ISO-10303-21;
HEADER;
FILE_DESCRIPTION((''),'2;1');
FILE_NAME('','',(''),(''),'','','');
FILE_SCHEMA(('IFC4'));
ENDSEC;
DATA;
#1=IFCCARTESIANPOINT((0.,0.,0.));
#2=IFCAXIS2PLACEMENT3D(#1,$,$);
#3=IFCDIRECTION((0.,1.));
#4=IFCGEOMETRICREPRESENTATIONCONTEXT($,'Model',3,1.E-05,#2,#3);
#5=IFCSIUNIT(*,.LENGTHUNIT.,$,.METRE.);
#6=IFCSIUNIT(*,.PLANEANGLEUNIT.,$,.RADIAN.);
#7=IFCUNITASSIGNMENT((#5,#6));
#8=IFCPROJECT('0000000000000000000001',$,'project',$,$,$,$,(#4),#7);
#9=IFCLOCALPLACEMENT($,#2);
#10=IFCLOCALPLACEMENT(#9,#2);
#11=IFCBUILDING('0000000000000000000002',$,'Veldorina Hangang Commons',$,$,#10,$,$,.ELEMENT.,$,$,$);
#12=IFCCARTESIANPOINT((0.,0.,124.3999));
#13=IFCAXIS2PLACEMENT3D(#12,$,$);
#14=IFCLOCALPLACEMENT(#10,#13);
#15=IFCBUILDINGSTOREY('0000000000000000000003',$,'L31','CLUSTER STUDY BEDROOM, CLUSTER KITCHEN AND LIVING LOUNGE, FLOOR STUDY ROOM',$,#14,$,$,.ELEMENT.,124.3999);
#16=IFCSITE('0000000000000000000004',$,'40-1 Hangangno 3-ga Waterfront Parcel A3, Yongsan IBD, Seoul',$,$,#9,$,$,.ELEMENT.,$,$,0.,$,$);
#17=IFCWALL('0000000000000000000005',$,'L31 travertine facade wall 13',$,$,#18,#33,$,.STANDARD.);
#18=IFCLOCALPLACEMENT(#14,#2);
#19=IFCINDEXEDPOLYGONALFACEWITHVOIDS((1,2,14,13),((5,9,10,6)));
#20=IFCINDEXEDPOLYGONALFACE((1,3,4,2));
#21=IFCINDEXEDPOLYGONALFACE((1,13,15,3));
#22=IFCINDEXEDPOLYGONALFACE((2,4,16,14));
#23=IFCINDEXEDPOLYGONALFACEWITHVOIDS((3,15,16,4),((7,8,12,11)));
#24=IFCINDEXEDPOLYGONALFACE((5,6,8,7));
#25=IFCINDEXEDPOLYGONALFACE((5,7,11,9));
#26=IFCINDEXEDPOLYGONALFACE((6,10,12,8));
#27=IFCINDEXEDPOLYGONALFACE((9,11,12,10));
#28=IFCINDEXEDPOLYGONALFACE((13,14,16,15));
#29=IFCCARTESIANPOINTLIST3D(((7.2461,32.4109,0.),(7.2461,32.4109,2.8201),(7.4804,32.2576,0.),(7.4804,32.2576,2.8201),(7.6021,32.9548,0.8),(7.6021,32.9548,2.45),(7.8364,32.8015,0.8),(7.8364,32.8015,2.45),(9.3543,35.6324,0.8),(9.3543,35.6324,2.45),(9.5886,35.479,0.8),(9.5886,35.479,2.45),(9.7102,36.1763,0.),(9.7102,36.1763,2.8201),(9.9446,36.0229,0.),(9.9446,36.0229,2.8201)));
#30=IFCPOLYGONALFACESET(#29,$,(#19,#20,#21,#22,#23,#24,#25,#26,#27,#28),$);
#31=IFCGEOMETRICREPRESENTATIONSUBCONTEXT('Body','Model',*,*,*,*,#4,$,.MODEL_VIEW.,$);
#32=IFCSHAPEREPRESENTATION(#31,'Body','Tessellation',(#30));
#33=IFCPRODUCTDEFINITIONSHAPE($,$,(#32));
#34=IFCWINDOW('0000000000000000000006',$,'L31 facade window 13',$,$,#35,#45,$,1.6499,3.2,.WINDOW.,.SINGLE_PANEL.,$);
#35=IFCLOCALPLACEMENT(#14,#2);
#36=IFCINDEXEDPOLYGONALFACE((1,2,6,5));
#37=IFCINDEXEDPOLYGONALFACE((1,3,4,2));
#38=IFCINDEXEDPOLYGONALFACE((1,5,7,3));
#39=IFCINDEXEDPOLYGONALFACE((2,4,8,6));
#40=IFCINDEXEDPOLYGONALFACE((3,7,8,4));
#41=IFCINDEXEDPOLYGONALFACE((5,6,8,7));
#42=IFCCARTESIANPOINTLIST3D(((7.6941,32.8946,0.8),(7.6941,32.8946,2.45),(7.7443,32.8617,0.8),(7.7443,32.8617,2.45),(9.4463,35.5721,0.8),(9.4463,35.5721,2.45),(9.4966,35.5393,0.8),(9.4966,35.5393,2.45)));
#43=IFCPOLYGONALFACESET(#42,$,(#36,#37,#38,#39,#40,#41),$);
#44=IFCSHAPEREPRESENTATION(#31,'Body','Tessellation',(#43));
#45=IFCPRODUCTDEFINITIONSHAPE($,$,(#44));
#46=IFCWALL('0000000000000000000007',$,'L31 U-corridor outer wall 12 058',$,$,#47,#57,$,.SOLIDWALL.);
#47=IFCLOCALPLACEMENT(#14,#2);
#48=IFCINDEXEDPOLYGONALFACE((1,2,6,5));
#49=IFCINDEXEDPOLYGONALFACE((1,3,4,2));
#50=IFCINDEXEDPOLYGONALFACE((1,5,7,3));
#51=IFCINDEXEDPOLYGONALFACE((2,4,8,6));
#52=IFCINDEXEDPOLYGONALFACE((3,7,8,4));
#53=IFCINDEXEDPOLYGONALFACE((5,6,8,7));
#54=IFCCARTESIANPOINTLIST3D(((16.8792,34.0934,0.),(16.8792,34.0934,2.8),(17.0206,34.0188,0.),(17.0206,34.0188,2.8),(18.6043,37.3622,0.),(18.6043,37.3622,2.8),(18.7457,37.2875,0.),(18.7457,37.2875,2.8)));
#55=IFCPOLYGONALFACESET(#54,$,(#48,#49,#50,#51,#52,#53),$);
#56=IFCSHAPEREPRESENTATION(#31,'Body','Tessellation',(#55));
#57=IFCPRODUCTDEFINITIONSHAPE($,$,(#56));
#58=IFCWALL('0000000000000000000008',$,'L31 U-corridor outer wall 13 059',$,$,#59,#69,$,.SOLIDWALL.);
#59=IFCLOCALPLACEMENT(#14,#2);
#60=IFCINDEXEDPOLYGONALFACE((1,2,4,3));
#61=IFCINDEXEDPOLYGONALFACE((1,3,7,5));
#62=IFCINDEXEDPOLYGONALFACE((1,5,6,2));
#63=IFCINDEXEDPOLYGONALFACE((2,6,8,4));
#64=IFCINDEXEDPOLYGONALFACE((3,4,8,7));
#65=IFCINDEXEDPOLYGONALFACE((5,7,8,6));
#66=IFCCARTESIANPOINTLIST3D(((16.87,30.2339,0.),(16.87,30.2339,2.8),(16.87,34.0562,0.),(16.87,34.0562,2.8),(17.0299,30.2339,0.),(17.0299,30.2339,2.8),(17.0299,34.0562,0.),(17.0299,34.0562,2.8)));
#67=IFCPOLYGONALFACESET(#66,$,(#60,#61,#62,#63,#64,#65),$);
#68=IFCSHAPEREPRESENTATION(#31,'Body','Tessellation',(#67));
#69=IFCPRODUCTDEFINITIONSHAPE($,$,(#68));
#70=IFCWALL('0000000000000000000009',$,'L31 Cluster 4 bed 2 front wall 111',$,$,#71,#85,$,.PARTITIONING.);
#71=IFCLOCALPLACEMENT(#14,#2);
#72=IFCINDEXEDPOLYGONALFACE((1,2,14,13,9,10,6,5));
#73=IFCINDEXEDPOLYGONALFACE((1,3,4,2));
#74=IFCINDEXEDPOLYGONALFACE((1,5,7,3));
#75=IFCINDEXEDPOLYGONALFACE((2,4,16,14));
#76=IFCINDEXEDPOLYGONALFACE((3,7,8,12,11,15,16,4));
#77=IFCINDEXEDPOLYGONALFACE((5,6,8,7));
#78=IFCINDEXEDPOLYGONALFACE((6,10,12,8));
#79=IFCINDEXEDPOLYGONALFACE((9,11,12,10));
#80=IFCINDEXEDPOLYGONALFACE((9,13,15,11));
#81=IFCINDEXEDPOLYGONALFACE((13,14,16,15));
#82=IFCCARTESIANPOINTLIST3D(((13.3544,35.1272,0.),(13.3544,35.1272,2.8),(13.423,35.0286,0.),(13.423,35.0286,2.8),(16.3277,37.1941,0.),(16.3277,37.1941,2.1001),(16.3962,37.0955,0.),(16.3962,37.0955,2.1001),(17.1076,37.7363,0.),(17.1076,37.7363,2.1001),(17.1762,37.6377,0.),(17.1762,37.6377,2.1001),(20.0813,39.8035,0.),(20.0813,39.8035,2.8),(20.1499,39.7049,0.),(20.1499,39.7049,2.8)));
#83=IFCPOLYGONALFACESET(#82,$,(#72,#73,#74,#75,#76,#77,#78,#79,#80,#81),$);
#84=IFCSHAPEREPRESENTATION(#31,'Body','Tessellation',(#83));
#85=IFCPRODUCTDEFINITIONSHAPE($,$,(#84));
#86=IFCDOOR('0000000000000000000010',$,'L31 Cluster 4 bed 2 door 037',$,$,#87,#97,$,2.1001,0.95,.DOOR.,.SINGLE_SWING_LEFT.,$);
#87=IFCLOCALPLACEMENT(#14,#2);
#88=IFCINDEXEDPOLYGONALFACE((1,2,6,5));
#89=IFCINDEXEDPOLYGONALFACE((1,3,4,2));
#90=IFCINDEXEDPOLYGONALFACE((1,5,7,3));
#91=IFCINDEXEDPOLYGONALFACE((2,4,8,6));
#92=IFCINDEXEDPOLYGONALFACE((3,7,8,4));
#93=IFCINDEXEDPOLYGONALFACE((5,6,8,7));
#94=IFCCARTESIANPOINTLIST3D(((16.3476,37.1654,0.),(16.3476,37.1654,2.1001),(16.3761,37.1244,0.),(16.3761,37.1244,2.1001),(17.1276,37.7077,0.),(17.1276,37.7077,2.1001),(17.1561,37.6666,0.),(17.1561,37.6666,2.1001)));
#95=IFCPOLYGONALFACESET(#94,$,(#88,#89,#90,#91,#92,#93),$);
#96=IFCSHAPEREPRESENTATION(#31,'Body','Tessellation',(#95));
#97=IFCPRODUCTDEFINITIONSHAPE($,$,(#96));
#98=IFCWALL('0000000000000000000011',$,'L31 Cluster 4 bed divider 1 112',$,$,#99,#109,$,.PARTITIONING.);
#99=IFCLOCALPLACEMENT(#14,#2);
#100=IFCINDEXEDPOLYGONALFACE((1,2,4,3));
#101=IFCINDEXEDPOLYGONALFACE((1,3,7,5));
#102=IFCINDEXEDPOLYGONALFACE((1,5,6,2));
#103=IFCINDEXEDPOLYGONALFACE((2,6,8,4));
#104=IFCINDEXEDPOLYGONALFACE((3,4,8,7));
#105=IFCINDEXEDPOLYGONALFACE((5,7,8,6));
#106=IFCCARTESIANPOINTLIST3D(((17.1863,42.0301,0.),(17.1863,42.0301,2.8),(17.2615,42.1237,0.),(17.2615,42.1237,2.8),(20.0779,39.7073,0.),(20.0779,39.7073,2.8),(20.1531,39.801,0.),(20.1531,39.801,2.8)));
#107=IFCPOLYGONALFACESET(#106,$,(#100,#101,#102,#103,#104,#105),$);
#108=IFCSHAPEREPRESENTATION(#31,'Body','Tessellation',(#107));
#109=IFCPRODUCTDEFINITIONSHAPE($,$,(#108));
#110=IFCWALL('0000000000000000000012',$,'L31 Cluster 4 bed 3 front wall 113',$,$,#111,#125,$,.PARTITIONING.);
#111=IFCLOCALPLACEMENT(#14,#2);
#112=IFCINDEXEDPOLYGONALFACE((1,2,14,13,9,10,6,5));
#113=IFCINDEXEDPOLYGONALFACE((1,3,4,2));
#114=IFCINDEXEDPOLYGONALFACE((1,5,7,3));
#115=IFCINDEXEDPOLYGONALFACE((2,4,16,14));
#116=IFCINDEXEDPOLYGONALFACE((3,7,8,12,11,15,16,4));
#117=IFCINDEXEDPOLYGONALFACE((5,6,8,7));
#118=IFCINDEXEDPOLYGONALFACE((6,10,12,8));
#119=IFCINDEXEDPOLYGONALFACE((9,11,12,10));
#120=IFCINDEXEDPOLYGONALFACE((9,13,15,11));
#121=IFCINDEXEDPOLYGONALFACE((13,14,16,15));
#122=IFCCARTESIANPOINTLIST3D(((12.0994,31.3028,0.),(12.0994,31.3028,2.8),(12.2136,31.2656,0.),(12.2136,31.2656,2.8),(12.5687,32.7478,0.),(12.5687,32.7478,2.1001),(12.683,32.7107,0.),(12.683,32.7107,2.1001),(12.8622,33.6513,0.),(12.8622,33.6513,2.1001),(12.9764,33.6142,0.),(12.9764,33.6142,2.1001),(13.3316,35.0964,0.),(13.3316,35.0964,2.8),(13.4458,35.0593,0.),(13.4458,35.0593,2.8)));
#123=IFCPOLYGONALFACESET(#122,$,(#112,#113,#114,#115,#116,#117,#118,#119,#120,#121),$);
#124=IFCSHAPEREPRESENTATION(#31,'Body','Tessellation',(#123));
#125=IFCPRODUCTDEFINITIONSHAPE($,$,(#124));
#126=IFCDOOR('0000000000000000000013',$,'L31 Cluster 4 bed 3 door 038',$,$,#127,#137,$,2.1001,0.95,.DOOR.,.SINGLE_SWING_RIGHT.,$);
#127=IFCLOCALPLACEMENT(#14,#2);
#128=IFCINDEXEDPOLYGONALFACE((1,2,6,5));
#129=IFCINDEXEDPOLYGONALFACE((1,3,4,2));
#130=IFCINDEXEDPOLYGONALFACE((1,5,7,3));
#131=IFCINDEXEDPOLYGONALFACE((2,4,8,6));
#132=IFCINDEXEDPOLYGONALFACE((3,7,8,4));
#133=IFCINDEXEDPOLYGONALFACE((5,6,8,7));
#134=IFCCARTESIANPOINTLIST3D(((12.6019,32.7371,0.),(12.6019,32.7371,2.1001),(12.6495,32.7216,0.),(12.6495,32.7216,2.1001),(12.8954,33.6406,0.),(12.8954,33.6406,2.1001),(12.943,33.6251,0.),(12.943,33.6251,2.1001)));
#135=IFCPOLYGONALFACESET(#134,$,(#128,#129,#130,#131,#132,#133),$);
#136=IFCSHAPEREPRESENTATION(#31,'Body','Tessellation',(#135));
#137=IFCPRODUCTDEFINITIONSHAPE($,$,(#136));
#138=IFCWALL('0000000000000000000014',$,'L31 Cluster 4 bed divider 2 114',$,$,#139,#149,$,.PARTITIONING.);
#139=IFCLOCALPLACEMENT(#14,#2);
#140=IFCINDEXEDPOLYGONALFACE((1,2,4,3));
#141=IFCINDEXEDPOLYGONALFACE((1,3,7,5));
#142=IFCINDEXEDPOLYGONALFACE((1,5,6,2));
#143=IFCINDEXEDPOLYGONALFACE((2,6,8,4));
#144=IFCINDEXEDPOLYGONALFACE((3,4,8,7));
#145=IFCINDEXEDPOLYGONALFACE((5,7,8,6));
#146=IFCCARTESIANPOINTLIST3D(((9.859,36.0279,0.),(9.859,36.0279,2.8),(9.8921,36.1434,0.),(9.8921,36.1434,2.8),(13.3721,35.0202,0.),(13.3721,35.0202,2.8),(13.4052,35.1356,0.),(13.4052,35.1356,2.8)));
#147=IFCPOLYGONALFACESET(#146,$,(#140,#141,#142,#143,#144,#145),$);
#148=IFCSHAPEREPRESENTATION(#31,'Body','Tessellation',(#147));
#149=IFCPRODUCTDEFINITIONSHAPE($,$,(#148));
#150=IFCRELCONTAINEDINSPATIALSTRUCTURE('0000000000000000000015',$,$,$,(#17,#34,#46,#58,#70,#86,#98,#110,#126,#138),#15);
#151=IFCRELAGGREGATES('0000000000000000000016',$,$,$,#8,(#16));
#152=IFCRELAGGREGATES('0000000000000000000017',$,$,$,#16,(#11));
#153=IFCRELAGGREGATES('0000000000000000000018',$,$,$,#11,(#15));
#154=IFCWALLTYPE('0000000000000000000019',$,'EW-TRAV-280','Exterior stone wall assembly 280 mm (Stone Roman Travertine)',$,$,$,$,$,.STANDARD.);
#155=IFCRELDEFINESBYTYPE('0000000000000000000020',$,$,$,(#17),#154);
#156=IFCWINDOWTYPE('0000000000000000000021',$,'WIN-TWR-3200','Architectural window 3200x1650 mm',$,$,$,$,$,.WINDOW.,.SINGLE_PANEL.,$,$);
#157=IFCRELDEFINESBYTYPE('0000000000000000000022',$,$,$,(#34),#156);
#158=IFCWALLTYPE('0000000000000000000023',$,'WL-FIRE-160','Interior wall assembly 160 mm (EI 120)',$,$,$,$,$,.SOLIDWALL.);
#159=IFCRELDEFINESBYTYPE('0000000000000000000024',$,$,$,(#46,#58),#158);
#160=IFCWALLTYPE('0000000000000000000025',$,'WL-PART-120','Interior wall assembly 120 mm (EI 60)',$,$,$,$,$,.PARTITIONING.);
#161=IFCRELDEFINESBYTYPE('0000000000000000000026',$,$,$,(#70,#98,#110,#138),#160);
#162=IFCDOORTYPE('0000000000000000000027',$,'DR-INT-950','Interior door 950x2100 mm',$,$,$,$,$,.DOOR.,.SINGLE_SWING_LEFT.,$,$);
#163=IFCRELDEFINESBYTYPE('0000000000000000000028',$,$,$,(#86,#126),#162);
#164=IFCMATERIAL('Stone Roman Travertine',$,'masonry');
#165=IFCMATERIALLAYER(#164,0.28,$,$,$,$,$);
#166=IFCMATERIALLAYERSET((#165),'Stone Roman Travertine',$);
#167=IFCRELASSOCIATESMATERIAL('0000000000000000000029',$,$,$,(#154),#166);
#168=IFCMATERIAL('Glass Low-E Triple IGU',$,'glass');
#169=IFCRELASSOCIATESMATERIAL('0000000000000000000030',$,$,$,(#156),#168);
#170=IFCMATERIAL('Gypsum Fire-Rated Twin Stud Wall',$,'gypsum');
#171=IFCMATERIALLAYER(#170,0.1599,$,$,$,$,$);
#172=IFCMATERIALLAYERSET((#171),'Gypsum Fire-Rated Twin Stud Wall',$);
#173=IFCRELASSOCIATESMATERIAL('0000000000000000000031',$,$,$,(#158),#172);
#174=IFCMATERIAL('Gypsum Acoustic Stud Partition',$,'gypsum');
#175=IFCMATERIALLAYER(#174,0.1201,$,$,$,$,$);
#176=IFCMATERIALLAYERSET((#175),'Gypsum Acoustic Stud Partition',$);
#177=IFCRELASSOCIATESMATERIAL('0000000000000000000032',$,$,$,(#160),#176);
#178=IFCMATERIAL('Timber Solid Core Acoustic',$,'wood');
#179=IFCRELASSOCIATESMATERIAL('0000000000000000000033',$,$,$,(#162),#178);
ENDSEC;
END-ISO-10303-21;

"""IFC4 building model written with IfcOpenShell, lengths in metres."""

from ifc_helpers import new_model, si_unit, direction, frame, frame_2d, origin, place, context, subcontext, project, spatial, rectangle, extrude, material, layer, layer_set, type_object, element, fill, save


model = new_model("IFC4")

# Units and contexts
model_context = context("Model", 3, precision=1e-05, world=origin(), true_north=direction((0.0, 1.0)))
body_context = subcontext(model_context, "Body", "Model", "MODEL_VIEW")
ifc_project = project(units=[si_unit("LENGTHUNIT", "METRE"), si_unit("PLANEANGLEUNIT", "RADIAN")], contexts=[model_context])

# Site, building, storey
site_placement = place(None, origin())
site = spatial("IfcSite", under=ifc_project, at=site_placement, Name="40-1 Hangangno 3-ga Waterfront Parcel A3, Yongsan IBD, Seoul", CompositionType="ELEMENT", RefElevation=0.0)
building_placement = place(site_placement, origin())
building = spatial("IfcBuilding", under=site, at=building_placement, Name="Veldorina Hangang Commons", CompositionType="ELEMENT")
storey_placement = place(building_placement, frame((0.0, 0.0, 124.3999)))
storey = spatial("IfcBuildingStorey", under=building, at=storey_placement, Name="L31", Description="CLUSTER STUDY BEDROOM, CLUSTER KITCHEN AND LIVING LOUNGE, FLOOR STUDY ROOM", CompositionType="ELEMENT", Elevation=124.3999)

# Shared definitions
ifc_material_1 = material(Name="Stone Roman Travertine", Category="masonry")
ifc_layer_1 = layer(ifc_material_1, 0.28)
ifc_layer_set_1 = layer_set([ifc_layer_1], Name="Stone Roman Travertine")
wall_type_1 = type_object("IfcWallType", Name="EW-TRAV-280", Description="Exterior stone wall assembly 280 mm (Stone Roman Travertine)", PredefinedType="STANDARD", material=ifc_layer_set_1)

# Wall, opening, window
ifc_material_2 = material(Name="Glass Low-E Triple IGU", Category="glass")
window_type = type_object("IfcWindowType", Name="WIN-TWR-3200", Description="Architectural window 3200x1650 mm", PartitioningType="SINGLE_PANEL", PredefinedType="WINDOW", material=ifc_material_2)
wall_1_placement = place(storey_placement, frame((9.8274, 36.0996, 0.0), z_axis=(0.0, 0.0, 1.0), x_axis=(-0.547581, -0.836753, 0.0)))
wall_1 = element("IfcWall", 1, at=wall_1_placement, inside=storey, type_object=wall_type_1, Name="L31 travertine facade wall 13", PredefinedType="STANDARD", context=body_context, shape_type="SweptSolid", body=[
    extrude(rectangle(XDim=4.5, YDim=0.28, at=frame_2d((2.25, 0.0))), origin(), (0.0, 0.0, 1.0), 2.8201),
])
opening_1_placement = place(wall_1_placement, frame((0.6499, 0.0, 0.8)))
opening_1 = element("IfcOpeningElement", 2, at=opening_1_placement, cuts=wall_1, PredefinedType="OPENING", context=body_context, shape_type="SweptSolid", body=[
    extrude(rectangle(XDim=3.2, YDim=1.6499, at=frame_2d((1.6001, 0.825))), frame((0.0, 0.1499, 0.0), z_axis=(0.0, -1.0, 0.0), x_axis=(1.0, 0.0, 0.0)), (0.0, 0.0, 1.0), 0.3),
])
window_1_placement = place(opening_1_placement, origin())
window_1 = element("IfcWindow", 3, at=window_1_placement, inside=storey, type_object=window_type, Name="L31 facade window 13", OverallHeight=1.6499, OverallWidth=3.2, PartitioningType="SINGLE_PANEL", PredefinedType="WINDOW", context=body_context, shape_type="SweptSolid", body=[
    extrude(rectangle(XDim=3.2, YDim=1.6499, at=frame_2d((1.6001, 0.825))), frame((0.0, 0.03, 0.0), z_axis=(0.0, -1.0, 0.0), x_axis=(1.0, 0.0, 0.0)), (0.0, 0.0, 1.0), 0.0601),
])
fill(opening_1, window_1)

# Walls
ifc_material_3 = material(Name="Gypsum Fire-Rated Twin Stud Wall", Category="gypsum")
ifc_layer_2 = layer(ifc_material_3, 0.1599)
ifc_layer_set_2 = layer_set([ifc_layer_2], Name="Gypsum Fire-Rated Twin Stud Wall")
wall_type_2 = type_object("IfcWallType", Name="WL-FIRE-160", Description="Interior wall assembly 160 mm (EI 120)", PredefinedType="SOLIDWALL", material=ifc_layer_set_2)
wall_2_placement = place(storey_placement, frame((18.675, 37.325, 0.0), z_axis=(0.0, 0.0, 1.0), x_axis=(-0.466737, -0.884396, 0.0)))
element("IfcWall", 4, at=wall_2_placement, inside=storey, type_object=wall_type_2, Name="L31 U-corridor outer wall 12 058", PredefinedType="SOLIDWALL", context=body_context, shape_type="SweptSolid", body=[
    extrude(rectangle(XDim=3.696, YDim=0.1599, at=frame_2d((1.8481, 0.0))), origin(), (0.0, 0.0, 1.0), 2.8),
])
wall_3_placement = place(storey_placement, frame((16.95, 34.0562, 0.0), z_axis=(0.0, 0.0, 1.0), x_axis=(0.0, -1.0, 0.0)))
element("IfcWall", 5, at=wall_3_placement, inside=storey, type_object=wall_type_2, Name="L31 U-corridor outer wall 13 059", PredefinedType="SOLIDWALL", context=body_context, shape_type="SweptSolid", body=[
    extrude(rectangle(XDim=3.8223, YDim=0.1599, at=frame_2d((1.9111, 0.0))), origin(), (0.0, 0.0, 1.0), 2.8),
])

# Wall, opening, door
ifc_material_4 = material(Name="Gypsum Acoustic Stud Partition", Category="gypsum")
ifc_layer_3 = layer(ifc_material_4, 0.1201)
ifc_layer_set_3 = layer_set([ifc_layer_3], Name="Gypsum Acoustic Stud Partition")
wall_type_3 = type_object("IfcWallType", Name="WL-PART-120", Description="Interior wall assembly 120 mm (EI 60)", PredefinedType="PARTITIONING", material=ifc_layer_set_3)
wall_4_placement = place(storey_placement, frame((20.1155, 39.7542, 0.0), z_axis=(0.0, 0.0, 1.0), x_axis=(-0.821091, -0.570797, 0.0)))
wall_4 = element("IfcWall", 6, at=wall_4_placement, inside=storey, type_object=wall_type_3, Name="L31 Cluster 4 bed 2 front wall 111", PredefinedType="PARTITIONING", context=body_context, shape_type="SweptSolid", body=[
    extrude(rectangle(XDim=8.1926, YDim=0.1201, at=frame_2d((4.0962, 0.0))), origin(), (0.0, 0.0, 1.0), 2.8),
])
opening_2_placement = place(wall_4_placement, frame((3.6213, 0.0, 0.0)))
opening_2 = element("IfcOpeningElement", 7, at=opening_2_placement, cuts=wall_4, PredefinedType="OPENING", context=body_context, shape_type="SweptSolid", body=[
    extrude(rectangle(XDim=0.95, YDim=2.1001, at=frame_2d((0.4751, 1.05))), frame((0.0, 0.0701, 0.0), z_axis=(0.0, -1.0, 0.0), x_axis=(1.0, 0.0, 0.0)), (0.0, 0.0, 1.0), 0.1401),
])
ifc_material_5 = material(Name="Timber Solid Core Acoustic", Category="wood")
door_type = type_object("IfcDoorType", Name="DR-INT-950", Description="Interior door 950x2100 mm", OperationType="SINGLE_SWING_LEFT", PredefinedType="DOOR", material=ifc_material_5)
door_1_placement = place(opening_2_placement, origin())
door_1 = element("IfcDoor", 8, at=door_1_placement, inside=storey, type_object=door_type, Name="L31 Cluster 4 bed 2 door 037", OperationType="SINGLE_SWING_LEFT", OverallHeight=2.1001, OverallWidth=0.95, PredefinedType="DOOR", context=body_context, shape_type="SweptSolid", body=[
    extrude(rectangle(XDim=0.95, YDim=2.1001, at=frame_2d((0.4751, 1.05))), frame((0.0, 0.0249, 0.0), z_axis=(0.0, -1.0, 0.0), x_axis=(1.0, 0.0, 0.0)), (0.0, 0.0, 1.0), 0.05),
])
fill(opening_2, door_1)

# Wall
wall_5_placement = place(storey_placement, frame((20.1155, 39.7542, 0.0), z_axis=(0.0, 0.0, 1.0), x_axis=(-0.779621, 0.626251, 0.0)))
element("IfcWall", 9, at=wall_5_placement, inside=storey, type_object=wall_type_3, Name="L31 Cluster 4 bed divider 1 112", PredefinedType="PARTITIONING", context=body_context, shape_type="SweptSolid", body=[
    extrude(rectangle(XDim=3.709, YDim=0.1201, at=frame_2d((1.8545, 0.0))), origin(), (0.0, 0.0, 1.0), 2.8),
])

# Wall, opening, door
wall_6_placement = place(storey_placement, frame((13.3887, 35.0779, 0.0), z_axis=(0.0, 0.0, 1.0), x_axis=(-0.30891, -0.951091, 0.0)))
wall_6 = element("IfcWall", 10, at=wall_6_placement, inside=storey, type_object=wall_type_3, Name="L31 Cluster 4 bed 3 front wall 113", PredefinedType="PARTITIONING", context=body_context, shape_type="SweptSolid", body=[
    extrude(rectangle(XDim=3.9888, YDim=0.1201, at=frame_2d((1.9944, 0.0))), origin(), (0.0, 0.0, 1.0), 2.8),
])
opening_3_placement = place(wall_6_placement, frame((1.5193, 0.0, 0.0)))
opening_3 = element("IfcOpeningElement", 11, at=opening_3_placement, cuts=wall_6, PredefinedType="OPENING", context=body_context, shape_type="SweptSolid", body=[
    extrude(rectangle(XDim=0.95, YDim=2.1001, at=frame_2d((0.4751, 1.05))), frame((0.0, 0.0701, 0.0), z_axis=(0.0, -1.0, 0.0), x_axis=(1.0, 0.0, 0.0)), (0.0, 0.0, 1.0), 0.1401),
])
door_2_placement = place(opening_3_placement, origin())
door_2 = element("IfcDoor", 12, at=door_2_placement, inside=storey, type_object=door_type, Name="L31 Cluster 4 bed 3 door 038", OperationType="SINGLE_SWING_RIGHT", OverallHeight=2.1001, OverallWidth=0.95, PredefinedType="DOOR", context=body_context, shape_type="SweptSolid", body=[
    extrude(rectangle(XDim=0.95, YDim=2.1001, at=frame_2d((0.4751, 1.05))), frame((0.0, 0.0249, 0.0), z_axis=(0.0, -1.0, 0.0), x_axis=(1.0, 0.0, 0.0)), (0.0, 0.0, 1.0), 0.05),
])
fill(opening_3, door_2)

# Wall
wall_7_placement = place(storey_placement, frame((13.3887, 35.0779, 0.0), z_axis=(0.0, 0.0, 1.0), x_axis=(-0.961231, 0.275744, 0.0)))
element("IfcWall", 13, at=wall_7_placement, inside=storey, type_object=wall_type_3, Name="L31 Cluster 4 bed divider 2 114", PredefinedType="PARTITIONING", context=body_context, shape_type="SweptSolid", body=[
    extrude(rectangle(XDim=3.6548, YDim=0.1201, at=frame_2d((1.8274, 0.0))), origin(), (0.0, 0.0, 1.0), 2.8),
])

save(model, "model.ifc")
